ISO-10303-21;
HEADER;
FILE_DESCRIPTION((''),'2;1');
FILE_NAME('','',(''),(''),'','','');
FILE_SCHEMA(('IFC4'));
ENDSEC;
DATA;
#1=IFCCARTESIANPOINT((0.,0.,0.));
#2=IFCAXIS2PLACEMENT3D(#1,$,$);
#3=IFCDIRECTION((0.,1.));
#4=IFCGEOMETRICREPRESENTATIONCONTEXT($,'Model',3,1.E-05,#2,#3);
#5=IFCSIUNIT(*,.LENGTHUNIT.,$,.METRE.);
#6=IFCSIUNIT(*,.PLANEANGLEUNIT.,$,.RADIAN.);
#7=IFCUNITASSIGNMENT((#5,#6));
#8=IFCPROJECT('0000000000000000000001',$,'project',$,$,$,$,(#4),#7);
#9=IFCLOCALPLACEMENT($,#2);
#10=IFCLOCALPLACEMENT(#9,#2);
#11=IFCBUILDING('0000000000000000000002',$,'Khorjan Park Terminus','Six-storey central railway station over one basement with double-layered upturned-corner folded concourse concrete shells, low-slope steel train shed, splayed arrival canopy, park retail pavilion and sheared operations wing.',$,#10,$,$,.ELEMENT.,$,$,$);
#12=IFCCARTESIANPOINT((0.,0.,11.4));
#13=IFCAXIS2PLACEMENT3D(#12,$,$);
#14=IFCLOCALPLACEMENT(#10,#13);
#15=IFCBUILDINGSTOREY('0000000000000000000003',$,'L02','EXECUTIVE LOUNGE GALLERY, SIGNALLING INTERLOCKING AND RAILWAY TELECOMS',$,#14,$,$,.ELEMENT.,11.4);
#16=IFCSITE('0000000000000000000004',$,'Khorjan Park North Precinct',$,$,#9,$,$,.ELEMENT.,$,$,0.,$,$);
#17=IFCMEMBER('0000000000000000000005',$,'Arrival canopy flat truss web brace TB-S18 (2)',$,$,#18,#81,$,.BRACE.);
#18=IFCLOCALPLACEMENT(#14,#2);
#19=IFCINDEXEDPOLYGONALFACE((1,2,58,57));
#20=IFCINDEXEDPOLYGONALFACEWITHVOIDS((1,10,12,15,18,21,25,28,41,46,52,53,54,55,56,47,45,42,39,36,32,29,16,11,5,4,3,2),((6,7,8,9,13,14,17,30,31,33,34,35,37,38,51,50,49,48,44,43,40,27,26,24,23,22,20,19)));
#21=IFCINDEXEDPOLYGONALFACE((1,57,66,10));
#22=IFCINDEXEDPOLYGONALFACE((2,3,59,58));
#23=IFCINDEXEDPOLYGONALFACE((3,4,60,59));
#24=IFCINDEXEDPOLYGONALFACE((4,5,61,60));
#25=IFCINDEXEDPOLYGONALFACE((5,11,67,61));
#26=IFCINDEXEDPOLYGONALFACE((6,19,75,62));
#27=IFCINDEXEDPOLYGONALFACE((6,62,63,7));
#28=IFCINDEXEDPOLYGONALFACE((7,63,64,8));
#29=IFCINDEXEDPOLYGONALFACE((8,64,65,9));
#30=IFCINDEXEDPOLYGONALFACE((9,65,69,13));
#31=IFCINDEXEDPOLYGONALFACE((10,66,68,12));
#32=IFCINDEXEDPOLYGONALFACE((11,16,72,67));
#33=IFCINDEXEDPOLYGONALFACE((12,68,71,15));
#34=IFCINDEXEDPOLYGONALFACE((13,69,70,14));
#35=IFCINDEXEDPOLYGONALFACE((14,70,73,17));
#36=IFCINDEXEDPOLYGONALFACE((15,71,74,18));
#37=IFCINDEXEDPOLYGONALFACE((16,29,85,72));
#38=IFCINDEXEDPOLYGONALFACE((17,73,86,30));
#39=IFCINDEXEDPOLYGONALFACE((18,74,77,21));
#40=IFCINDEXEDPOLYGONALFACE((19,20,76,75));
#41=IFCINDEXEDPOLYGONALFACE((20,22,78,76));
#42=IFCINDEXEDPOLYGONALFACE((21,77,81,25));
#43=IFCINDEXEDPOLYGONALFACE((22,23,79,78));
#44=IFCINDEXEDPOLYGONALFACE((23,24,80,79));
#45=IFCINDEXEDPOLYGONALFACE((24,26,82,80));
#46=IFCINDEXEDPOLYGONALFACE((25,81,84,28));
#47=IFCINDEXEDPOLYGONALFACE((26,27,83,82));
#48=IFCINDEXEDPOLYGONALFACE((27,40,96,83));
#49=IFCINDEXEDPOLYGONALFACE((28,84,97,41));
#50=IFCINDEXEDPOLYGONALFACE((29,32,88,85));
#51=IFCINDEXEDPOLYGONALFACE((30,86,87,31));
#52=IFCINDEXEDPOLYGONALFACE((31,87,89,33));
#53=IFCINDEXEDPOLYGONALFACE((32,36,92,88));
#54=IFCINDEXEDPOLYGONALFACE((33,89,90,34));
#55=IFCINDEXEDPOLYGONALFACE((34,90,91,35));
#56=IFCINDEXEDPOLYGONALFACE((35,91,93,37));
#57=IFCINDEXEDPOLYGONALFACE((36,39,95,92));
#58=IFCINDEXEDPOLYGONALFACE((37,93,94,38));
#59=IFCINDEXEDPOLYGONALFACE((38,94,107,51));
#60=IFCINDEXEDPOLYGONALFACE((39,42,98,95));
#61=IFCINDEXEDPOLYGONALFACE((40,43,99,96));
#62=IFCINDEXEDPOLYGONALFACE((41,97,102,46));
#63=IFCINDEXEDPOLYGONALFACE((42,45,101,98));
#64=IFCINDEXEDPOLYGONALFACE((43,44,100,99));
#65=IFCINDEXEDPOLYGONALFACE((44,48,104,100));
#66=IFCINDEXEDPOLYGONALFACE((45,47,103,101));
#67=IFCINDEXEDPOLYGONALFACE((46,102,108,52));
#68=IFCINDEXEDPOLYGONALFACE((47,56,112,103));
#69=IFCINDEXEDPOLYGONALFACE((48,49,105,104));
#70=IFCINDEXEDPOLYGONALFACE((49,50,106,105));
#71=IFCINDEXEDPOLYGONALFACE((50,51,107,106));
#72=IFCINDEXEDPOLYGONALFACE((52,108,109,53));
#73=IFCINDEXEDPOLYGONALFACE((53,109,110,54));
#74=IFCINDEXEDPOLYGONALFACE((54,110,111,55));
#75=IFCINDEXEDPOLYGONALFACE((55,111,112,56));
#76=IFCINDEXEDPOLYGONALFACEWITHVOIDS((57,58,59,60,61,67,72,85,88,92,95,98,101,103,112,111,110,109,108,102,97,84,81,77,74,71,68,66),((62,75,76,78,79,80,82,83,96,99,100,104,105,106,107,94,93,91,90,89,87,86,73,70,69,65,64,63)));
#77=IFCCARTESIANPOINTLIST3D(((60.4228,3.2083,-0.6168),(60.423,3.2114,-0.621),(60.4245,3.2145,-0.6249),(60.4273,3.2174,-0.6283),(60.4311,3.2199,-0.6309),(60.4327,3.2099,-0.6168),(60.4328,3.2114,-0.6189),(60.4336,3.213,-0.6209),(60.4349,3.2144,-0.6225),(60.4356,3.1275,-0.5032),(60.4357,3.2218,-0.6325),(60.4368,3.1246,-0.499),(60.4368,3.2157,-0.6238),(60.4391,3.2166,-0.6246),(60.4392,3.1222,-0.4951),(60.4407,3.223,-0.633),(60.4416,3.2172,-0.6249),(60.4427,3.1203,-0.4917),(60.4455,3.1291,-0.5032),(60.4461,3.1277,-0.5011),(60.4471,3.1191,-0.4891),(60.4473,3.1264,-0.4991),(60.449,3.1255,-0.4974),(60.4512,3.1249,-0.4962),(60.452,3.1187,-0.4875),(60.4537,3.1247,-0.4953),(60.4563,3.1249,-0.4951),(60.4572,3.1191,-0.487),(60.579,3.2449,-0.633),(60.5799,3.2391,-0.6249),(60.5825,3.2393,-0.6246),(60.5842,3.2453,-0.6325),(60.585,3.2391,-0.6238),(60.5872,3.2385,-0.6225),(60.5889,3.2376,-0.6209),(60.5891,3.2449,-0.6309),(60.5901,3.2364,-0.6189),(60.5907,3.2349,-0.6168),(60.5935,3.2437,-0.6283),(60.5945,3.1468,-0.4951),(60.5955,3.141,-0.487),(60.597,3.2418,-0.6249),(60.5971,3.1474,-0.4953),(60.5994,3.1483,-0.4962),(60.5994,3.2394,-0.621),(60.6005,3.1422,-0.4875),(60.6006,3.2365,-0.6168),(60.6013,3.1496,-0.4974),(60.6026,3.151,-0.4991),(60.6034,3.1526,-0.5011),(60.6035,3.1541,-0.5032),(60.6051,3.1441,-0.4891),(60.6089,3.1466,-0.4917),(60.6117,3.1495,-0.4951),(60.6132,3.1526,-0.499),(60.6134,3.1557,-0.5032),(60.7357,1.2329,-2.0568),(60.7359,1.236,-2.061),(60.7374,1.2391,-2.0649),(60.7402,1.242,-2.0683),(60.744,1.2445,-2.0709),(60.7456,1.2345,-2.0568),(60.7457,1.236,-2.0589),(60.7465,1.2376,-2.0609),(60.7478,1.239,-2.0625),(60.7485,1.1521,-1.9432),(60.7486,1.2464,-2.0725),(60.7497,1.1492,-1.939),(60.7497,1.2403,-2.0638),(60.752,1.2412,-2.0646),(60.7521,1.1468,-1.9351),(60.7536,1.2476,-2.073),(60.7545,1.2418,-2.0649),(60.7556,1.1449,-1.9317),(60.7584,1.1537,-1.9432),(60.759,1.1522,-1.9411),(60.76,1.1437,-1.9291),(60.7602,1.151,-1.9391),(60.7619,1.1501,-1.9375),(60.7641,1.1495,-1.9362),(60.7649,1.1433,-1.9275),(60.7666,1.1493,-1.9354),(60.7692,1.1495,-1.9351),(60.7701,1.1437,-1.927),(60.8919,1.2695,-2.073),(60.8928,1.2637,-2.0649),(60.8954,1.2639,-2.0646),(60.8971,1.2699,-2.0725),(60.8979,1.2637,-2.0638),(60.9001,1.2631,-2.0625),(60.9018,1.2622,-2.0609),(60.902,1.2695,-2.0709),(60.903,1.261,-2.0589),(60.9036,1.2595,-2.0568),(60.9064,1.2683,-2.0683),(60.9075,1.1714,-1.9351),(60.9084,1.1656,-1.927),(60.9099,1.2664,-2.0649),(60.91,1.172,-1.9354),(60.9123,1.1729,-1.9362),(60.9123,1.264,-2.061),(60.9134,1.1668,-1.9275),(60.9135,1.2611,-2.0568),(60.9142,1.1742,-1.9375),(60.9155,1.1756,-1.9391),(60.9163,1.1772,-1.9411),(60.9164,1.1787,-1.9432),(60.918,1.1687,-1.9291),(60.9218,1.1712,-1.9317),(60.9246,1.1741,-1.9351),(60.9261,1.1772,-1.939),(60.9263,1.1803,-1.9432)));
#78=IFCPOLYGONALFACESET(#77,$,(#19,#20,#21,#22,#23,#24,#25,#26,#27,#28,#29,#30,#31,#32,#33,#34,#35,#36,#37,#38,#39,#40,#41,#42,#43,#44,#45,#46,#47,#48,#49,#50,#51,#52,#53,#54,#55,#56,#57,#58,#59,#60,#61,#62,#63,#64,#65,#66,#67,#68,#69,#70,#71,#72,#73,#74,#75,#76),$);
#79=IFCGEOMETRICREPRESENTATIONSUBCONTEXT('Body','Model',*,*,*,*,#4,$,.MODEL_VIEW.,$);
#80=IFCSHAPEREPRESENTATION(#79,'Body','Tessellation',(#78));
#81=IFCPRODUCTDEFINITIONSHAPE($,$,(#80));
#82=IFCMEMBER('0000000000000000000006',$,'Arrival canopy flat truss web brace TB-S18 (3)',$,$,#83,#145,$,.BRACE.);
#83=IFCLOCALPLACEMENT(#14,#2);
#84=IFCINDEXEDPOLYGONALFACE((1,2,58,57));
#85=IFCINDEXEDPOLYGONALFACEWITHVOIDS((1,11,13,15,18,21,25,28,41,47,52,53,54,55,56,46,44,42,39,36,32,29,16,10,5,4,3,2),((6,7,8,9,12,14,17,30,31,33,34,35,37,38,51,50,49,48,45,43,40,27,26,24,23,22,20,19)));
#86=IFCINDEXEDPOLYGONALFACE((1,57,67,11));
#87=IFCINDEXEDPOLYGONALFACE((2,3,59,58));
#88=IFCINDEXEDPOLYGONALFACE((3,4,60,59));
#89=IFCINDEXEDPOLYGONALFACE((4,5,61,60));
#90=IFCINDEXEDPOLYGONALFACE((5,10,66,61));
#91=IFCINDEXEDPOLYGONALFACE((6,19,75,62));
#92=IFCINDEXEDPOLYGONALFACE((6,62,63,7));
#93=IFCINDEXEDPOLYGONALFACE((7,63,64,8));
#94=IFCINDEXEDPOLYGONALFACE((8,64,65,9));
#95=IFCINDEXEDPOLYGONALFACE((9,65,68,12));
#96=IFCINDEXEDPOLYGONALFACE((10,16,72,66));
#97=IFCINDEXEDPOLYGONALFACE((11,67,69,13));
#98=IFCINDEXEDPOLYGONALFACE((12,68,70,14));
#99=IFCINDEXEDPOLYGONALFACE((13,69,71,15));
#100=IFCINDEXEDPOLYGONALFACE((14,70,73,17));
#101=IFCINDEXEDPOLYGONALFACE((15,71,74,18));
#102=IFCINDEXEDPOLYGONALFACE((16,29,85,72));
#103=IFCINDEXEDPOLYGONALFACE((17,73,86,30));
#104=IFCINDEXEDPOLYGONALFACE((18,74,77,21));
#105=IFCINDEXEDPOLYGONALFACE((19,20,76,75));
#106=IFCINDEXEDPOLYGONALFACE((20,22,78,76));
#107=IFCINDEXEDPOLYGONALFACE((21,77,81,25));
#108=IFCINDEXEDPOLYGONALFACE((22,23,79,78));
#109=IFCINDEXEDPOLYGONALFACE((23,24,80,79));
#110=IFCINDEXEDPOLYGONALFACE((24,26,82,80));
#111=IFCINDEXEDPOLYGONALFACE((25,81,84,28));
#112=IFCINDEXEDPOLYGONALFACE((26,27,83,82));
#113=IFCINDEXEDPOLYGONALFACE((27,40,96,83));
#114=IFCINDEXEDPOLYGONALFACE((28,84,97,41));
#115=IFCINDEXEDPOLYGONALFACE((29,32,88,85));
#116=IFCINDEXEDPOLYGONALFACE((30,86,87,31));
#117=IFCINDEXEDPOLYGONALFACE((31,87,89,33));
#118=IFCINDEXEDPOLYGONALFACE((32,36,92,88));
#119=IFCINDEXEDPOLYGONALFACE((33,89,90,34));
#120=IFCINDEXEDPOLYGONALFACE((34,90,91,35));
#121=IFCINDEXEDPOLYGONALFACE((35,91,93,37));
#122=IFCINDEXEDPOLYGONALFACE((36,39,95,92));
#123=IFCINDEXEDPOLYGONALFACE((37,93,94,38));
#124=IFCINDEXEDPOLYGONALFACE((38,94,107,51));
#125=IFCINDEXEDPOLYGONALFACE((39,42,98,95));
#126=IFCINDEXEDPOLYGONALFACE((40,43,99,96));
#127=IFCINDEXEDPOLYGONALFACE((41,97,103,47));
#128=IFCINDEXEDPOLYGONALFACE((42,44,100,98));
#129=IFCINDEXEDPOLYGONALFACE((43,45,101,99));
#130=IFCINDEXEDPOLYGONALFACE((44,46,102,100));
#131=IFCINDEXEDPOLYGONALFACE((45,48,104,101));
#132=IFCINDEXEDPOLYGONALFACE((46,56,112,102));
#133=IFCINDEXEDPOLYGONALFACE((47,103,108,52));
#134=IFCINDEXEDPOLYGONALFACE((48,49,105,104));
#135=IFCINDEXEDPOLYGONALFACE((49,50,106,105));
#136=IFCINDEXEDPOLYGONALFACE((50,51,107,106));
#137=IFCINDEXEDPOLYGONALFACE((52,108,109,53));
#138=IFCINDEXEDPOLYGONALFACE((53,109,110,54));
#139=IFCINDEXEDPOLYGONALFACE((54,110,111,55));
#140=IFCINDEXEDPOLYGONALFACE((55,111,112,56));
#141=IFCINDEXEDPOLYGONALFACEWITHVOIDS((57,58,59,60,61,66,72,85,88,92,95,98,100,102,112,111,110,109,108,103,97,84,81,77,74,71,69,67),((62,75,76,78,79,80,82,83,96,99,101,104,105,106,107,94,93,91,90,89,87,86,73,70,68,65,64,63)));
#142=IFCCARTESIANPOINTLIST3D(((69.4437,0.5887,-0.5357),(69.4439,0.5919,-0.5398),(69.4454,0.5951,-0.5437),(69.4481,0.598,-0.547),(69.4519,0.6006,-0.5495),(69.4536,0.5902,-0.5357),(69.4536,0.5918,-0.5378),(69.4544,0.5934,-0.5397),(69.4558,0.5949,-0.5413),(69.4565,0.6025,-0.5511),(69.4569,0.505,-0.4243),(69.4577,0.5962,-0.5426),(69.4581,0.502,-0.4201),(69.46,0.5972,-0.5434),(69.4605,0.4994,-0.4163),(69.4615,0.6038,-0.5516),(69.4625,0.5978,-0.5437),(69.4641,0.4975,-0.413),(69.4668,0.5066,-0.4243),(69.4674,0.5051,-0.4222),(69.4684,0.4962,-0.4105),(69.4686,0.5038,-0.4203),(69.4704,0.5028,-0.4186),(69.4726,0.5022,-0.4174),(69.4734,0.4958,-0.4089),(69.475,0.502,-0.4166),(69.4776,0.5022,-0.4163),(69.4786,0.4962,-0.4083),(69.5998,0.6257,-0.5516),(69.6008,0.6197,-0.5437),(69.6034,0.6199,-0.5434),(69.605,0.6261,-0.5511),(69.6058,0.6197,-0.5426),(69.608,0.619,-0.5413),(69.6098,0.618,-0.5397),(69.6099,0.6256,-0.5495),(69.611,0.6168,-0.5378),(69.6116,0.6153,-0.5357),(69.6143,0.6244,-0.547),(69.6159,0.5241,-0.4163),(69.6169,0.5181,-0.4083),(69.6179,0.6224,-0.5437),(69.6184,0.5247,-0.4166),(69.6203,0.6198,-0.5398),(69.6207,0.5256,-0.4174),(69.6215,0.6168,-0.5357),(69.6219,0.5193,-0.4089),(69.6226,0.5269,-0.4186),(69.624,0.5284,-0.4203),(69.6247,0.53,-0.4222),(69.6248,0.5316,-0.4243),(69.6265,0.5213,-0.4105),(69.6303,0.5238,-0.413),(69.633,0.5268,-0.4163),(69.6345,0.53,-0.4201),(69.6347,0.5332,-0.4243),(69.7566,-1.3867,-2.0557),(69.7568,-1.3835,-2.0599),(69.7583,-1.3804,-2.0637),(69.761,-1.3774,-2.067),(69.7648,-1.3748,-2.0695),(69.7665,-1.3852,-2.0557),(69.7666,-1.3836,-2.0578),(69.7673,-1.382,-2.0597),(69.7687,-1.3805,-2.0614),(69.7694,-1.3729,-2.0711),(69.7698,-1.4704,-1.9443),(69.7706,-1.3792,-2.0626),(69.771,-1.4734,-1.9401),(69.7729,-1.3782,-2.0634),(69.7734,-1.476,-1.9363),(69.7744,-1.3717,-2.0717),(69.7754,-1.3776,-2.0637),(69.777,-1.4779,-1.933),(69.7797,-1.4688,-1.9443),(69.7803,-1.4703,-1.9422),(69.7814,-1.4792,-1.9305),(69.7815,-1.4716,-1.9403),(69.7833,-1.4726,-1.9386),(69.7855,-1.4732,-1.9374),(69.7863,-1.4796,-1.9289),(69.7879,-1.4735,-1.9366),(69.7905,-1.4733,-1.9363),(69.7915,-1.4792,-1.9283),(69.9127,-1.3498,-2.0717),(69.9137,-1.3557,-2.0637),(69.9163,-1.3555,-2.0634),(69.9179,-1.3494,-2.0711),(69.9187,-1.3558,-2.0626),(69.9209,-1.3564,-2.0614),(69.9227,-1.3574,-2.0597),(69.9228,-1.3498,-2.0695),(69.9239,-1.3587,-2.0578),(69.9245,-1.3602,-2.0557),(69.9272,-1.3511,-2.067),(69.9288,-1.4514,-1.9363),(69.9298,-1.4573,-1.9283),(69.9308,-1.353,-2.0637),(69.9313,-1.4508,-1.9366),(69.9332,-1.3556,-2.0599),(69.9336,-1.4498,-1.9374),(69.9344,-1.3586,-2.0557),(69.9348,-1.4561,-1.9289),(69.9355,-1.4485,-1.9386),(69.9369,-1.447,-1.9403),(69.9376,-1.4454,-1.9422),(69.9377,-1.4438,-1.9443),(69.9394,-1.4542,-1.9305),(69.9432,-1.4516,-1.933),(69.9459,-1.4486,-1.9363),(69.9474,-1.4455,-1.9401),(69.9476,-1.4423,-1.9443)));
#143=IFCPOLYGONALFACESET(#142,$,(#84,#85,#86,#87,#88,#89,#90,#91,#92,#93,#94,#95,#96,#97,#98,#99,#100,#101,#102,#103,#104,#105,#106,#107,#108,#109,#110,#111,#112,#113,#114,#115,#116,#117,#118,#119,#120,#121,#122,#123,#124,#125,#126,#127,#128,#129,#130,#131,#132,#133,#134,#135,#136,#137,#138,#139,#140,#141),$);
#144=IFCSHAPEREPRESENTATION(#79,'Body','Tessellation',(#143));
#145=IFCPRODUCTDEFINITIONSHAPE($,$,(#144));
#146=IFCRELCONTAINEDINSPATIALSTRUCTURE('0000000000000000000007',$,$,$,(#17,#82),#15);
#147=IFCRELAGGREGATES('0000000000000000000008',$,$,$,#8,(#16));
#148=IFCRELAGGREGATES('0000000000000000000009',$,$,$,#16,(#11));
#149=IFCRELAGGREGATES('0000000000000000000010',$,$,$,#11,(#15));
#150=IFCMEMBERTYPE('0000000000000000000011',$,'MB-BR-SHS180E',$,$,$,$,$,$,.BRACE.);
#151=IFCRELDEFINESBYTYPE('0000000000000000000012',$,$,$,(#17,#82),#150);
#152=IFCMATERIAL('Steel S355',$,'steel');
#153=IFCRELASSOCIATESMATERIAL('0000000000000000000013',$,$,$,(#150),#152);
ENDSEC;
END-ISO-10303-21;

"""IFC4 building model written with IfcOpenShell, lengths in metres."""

from ifc_helpers import new_model, si_unit, direction, frame, origin, origin_2d, place, context, subcontext, project, spatial, hollow_rectangle, extrude, material, material_profile, profile_set, type_object, element, save


model = new_model("IFC4")

# Units and contexts
model_context = context("Model", 3, precision=1e-05, world=origin(), true_north=direction((0.0, 1.0)))
body_context = subcontext(model_context, "Body", "Model", "MODEL_VIEW")
ifc_project = project(units=[si_unit("LENGTHUNIT", "METRE"), si_unit("PLANEANGLEUNIT", "RADIAN")], contexts=[model_context])

# Site, building, storey
site_placement = place(None, origin())
site = spatial("IfcSite", under=ifc_project, at=site_placement, Name="Khorjan Park North Precinct", CompositionType="ELEMENT", RefElevation=0.0)
building_placement = place(site_placement, origin())
building = spatial("IfcBuilding", under=site, at=building_placement, Name="Khorjan Park Terminus", Description="Six-storey central railway station over one basement with double-layered upturned-corner folded concourse concrete shells, low-slope steel train shed, splayed arrival canopy, park retail pavilion and sheared operations wing.", CompositionType="ELEMENT")
storey_placement = place(building_placement, frame((0.0, 0.0, 11.4)))
storey = spatial("IfcBuildingStorey", under=building, at=storey_placement, Name="L02", Description="EXECUTIVE LOUNGE GALLERY, SIGNALLING INTERLOCKING AND RAILWAY TELECOMS", CompositionType="ELEMENT", Elevation=11.4)

# Members
ifc_material = material(Name="Steel S355", Category="steel")
ifc_material_profile_1 = material_profile(ifc_material, hollow_rectangle(XDim=0.18, YDim=0.18, WallThickness=0.01, InnerFilletRadius=0.01, OuterFilletRadius=0.02, at=origin_2d()), Name="SHS 180x180x10")
ifc_profile_set_1 = profile_set([ifc_material_profile_1], Name="Steel S355")
member_type_1 = type_object("IfcMemberType", Name="MB-BR-SHS180E", PredefinedType="BRACE", material=ifc_profile_set_1)
member_1_placement = place(storey_placement, frame((60.831, 1.2066, -2.0), z_axis=(-0.126963, 0.801545, 0.584299), x_axis=(-0.987686, -0.156448, 0.0)))
element("IfcMember", 1, at=member_1_placement, inside=storey, type_object=member_type_1, Name="Arrival canopy flat truss web brace TB-S18 (2)", PredefinedType="BRACE", context=body_context, shape_type="SweptSolid", body=[
    extrude(hollow_rectangle(XDim=0.18, YDim=0.18, WallThickness=0.01, InnerFilletRadius=0.01, OuterFilletRadius=0.02, at=origin_2d()), origin(), (0.0, 0.0, 1.0), 2.4645),
])
for number, where, z_axis, x_axis, name in (
    (2, (69.8521, -1.4145, -2.0), (-0.124558, 0.786362, 0.605078), (-0.987686, -0.156448, 0.0), "Arrival canopy flat truss web brace TB-S18 (3)"),
):
    element("IfcMember", number, at=place(storey_placement, frame(where, z_axis=z_axis, x_axis=x_axis)), inside=storey, type_object=member_type_1, Name=name, PredefinedType="BRACE", context=body_context, shape_type="SweptSolid", body=[
        extrude(hollow_rectangle(XDim=0.18, YDim=0.18, WallThickness=0.01, InnerFilletRadius=0.01, OuterFilletRadius=0.02, at=origin_2d()), origin(), (0.0, 0.0, 1.0), 2.5121),
    ])

save(model, "model.ifc")
